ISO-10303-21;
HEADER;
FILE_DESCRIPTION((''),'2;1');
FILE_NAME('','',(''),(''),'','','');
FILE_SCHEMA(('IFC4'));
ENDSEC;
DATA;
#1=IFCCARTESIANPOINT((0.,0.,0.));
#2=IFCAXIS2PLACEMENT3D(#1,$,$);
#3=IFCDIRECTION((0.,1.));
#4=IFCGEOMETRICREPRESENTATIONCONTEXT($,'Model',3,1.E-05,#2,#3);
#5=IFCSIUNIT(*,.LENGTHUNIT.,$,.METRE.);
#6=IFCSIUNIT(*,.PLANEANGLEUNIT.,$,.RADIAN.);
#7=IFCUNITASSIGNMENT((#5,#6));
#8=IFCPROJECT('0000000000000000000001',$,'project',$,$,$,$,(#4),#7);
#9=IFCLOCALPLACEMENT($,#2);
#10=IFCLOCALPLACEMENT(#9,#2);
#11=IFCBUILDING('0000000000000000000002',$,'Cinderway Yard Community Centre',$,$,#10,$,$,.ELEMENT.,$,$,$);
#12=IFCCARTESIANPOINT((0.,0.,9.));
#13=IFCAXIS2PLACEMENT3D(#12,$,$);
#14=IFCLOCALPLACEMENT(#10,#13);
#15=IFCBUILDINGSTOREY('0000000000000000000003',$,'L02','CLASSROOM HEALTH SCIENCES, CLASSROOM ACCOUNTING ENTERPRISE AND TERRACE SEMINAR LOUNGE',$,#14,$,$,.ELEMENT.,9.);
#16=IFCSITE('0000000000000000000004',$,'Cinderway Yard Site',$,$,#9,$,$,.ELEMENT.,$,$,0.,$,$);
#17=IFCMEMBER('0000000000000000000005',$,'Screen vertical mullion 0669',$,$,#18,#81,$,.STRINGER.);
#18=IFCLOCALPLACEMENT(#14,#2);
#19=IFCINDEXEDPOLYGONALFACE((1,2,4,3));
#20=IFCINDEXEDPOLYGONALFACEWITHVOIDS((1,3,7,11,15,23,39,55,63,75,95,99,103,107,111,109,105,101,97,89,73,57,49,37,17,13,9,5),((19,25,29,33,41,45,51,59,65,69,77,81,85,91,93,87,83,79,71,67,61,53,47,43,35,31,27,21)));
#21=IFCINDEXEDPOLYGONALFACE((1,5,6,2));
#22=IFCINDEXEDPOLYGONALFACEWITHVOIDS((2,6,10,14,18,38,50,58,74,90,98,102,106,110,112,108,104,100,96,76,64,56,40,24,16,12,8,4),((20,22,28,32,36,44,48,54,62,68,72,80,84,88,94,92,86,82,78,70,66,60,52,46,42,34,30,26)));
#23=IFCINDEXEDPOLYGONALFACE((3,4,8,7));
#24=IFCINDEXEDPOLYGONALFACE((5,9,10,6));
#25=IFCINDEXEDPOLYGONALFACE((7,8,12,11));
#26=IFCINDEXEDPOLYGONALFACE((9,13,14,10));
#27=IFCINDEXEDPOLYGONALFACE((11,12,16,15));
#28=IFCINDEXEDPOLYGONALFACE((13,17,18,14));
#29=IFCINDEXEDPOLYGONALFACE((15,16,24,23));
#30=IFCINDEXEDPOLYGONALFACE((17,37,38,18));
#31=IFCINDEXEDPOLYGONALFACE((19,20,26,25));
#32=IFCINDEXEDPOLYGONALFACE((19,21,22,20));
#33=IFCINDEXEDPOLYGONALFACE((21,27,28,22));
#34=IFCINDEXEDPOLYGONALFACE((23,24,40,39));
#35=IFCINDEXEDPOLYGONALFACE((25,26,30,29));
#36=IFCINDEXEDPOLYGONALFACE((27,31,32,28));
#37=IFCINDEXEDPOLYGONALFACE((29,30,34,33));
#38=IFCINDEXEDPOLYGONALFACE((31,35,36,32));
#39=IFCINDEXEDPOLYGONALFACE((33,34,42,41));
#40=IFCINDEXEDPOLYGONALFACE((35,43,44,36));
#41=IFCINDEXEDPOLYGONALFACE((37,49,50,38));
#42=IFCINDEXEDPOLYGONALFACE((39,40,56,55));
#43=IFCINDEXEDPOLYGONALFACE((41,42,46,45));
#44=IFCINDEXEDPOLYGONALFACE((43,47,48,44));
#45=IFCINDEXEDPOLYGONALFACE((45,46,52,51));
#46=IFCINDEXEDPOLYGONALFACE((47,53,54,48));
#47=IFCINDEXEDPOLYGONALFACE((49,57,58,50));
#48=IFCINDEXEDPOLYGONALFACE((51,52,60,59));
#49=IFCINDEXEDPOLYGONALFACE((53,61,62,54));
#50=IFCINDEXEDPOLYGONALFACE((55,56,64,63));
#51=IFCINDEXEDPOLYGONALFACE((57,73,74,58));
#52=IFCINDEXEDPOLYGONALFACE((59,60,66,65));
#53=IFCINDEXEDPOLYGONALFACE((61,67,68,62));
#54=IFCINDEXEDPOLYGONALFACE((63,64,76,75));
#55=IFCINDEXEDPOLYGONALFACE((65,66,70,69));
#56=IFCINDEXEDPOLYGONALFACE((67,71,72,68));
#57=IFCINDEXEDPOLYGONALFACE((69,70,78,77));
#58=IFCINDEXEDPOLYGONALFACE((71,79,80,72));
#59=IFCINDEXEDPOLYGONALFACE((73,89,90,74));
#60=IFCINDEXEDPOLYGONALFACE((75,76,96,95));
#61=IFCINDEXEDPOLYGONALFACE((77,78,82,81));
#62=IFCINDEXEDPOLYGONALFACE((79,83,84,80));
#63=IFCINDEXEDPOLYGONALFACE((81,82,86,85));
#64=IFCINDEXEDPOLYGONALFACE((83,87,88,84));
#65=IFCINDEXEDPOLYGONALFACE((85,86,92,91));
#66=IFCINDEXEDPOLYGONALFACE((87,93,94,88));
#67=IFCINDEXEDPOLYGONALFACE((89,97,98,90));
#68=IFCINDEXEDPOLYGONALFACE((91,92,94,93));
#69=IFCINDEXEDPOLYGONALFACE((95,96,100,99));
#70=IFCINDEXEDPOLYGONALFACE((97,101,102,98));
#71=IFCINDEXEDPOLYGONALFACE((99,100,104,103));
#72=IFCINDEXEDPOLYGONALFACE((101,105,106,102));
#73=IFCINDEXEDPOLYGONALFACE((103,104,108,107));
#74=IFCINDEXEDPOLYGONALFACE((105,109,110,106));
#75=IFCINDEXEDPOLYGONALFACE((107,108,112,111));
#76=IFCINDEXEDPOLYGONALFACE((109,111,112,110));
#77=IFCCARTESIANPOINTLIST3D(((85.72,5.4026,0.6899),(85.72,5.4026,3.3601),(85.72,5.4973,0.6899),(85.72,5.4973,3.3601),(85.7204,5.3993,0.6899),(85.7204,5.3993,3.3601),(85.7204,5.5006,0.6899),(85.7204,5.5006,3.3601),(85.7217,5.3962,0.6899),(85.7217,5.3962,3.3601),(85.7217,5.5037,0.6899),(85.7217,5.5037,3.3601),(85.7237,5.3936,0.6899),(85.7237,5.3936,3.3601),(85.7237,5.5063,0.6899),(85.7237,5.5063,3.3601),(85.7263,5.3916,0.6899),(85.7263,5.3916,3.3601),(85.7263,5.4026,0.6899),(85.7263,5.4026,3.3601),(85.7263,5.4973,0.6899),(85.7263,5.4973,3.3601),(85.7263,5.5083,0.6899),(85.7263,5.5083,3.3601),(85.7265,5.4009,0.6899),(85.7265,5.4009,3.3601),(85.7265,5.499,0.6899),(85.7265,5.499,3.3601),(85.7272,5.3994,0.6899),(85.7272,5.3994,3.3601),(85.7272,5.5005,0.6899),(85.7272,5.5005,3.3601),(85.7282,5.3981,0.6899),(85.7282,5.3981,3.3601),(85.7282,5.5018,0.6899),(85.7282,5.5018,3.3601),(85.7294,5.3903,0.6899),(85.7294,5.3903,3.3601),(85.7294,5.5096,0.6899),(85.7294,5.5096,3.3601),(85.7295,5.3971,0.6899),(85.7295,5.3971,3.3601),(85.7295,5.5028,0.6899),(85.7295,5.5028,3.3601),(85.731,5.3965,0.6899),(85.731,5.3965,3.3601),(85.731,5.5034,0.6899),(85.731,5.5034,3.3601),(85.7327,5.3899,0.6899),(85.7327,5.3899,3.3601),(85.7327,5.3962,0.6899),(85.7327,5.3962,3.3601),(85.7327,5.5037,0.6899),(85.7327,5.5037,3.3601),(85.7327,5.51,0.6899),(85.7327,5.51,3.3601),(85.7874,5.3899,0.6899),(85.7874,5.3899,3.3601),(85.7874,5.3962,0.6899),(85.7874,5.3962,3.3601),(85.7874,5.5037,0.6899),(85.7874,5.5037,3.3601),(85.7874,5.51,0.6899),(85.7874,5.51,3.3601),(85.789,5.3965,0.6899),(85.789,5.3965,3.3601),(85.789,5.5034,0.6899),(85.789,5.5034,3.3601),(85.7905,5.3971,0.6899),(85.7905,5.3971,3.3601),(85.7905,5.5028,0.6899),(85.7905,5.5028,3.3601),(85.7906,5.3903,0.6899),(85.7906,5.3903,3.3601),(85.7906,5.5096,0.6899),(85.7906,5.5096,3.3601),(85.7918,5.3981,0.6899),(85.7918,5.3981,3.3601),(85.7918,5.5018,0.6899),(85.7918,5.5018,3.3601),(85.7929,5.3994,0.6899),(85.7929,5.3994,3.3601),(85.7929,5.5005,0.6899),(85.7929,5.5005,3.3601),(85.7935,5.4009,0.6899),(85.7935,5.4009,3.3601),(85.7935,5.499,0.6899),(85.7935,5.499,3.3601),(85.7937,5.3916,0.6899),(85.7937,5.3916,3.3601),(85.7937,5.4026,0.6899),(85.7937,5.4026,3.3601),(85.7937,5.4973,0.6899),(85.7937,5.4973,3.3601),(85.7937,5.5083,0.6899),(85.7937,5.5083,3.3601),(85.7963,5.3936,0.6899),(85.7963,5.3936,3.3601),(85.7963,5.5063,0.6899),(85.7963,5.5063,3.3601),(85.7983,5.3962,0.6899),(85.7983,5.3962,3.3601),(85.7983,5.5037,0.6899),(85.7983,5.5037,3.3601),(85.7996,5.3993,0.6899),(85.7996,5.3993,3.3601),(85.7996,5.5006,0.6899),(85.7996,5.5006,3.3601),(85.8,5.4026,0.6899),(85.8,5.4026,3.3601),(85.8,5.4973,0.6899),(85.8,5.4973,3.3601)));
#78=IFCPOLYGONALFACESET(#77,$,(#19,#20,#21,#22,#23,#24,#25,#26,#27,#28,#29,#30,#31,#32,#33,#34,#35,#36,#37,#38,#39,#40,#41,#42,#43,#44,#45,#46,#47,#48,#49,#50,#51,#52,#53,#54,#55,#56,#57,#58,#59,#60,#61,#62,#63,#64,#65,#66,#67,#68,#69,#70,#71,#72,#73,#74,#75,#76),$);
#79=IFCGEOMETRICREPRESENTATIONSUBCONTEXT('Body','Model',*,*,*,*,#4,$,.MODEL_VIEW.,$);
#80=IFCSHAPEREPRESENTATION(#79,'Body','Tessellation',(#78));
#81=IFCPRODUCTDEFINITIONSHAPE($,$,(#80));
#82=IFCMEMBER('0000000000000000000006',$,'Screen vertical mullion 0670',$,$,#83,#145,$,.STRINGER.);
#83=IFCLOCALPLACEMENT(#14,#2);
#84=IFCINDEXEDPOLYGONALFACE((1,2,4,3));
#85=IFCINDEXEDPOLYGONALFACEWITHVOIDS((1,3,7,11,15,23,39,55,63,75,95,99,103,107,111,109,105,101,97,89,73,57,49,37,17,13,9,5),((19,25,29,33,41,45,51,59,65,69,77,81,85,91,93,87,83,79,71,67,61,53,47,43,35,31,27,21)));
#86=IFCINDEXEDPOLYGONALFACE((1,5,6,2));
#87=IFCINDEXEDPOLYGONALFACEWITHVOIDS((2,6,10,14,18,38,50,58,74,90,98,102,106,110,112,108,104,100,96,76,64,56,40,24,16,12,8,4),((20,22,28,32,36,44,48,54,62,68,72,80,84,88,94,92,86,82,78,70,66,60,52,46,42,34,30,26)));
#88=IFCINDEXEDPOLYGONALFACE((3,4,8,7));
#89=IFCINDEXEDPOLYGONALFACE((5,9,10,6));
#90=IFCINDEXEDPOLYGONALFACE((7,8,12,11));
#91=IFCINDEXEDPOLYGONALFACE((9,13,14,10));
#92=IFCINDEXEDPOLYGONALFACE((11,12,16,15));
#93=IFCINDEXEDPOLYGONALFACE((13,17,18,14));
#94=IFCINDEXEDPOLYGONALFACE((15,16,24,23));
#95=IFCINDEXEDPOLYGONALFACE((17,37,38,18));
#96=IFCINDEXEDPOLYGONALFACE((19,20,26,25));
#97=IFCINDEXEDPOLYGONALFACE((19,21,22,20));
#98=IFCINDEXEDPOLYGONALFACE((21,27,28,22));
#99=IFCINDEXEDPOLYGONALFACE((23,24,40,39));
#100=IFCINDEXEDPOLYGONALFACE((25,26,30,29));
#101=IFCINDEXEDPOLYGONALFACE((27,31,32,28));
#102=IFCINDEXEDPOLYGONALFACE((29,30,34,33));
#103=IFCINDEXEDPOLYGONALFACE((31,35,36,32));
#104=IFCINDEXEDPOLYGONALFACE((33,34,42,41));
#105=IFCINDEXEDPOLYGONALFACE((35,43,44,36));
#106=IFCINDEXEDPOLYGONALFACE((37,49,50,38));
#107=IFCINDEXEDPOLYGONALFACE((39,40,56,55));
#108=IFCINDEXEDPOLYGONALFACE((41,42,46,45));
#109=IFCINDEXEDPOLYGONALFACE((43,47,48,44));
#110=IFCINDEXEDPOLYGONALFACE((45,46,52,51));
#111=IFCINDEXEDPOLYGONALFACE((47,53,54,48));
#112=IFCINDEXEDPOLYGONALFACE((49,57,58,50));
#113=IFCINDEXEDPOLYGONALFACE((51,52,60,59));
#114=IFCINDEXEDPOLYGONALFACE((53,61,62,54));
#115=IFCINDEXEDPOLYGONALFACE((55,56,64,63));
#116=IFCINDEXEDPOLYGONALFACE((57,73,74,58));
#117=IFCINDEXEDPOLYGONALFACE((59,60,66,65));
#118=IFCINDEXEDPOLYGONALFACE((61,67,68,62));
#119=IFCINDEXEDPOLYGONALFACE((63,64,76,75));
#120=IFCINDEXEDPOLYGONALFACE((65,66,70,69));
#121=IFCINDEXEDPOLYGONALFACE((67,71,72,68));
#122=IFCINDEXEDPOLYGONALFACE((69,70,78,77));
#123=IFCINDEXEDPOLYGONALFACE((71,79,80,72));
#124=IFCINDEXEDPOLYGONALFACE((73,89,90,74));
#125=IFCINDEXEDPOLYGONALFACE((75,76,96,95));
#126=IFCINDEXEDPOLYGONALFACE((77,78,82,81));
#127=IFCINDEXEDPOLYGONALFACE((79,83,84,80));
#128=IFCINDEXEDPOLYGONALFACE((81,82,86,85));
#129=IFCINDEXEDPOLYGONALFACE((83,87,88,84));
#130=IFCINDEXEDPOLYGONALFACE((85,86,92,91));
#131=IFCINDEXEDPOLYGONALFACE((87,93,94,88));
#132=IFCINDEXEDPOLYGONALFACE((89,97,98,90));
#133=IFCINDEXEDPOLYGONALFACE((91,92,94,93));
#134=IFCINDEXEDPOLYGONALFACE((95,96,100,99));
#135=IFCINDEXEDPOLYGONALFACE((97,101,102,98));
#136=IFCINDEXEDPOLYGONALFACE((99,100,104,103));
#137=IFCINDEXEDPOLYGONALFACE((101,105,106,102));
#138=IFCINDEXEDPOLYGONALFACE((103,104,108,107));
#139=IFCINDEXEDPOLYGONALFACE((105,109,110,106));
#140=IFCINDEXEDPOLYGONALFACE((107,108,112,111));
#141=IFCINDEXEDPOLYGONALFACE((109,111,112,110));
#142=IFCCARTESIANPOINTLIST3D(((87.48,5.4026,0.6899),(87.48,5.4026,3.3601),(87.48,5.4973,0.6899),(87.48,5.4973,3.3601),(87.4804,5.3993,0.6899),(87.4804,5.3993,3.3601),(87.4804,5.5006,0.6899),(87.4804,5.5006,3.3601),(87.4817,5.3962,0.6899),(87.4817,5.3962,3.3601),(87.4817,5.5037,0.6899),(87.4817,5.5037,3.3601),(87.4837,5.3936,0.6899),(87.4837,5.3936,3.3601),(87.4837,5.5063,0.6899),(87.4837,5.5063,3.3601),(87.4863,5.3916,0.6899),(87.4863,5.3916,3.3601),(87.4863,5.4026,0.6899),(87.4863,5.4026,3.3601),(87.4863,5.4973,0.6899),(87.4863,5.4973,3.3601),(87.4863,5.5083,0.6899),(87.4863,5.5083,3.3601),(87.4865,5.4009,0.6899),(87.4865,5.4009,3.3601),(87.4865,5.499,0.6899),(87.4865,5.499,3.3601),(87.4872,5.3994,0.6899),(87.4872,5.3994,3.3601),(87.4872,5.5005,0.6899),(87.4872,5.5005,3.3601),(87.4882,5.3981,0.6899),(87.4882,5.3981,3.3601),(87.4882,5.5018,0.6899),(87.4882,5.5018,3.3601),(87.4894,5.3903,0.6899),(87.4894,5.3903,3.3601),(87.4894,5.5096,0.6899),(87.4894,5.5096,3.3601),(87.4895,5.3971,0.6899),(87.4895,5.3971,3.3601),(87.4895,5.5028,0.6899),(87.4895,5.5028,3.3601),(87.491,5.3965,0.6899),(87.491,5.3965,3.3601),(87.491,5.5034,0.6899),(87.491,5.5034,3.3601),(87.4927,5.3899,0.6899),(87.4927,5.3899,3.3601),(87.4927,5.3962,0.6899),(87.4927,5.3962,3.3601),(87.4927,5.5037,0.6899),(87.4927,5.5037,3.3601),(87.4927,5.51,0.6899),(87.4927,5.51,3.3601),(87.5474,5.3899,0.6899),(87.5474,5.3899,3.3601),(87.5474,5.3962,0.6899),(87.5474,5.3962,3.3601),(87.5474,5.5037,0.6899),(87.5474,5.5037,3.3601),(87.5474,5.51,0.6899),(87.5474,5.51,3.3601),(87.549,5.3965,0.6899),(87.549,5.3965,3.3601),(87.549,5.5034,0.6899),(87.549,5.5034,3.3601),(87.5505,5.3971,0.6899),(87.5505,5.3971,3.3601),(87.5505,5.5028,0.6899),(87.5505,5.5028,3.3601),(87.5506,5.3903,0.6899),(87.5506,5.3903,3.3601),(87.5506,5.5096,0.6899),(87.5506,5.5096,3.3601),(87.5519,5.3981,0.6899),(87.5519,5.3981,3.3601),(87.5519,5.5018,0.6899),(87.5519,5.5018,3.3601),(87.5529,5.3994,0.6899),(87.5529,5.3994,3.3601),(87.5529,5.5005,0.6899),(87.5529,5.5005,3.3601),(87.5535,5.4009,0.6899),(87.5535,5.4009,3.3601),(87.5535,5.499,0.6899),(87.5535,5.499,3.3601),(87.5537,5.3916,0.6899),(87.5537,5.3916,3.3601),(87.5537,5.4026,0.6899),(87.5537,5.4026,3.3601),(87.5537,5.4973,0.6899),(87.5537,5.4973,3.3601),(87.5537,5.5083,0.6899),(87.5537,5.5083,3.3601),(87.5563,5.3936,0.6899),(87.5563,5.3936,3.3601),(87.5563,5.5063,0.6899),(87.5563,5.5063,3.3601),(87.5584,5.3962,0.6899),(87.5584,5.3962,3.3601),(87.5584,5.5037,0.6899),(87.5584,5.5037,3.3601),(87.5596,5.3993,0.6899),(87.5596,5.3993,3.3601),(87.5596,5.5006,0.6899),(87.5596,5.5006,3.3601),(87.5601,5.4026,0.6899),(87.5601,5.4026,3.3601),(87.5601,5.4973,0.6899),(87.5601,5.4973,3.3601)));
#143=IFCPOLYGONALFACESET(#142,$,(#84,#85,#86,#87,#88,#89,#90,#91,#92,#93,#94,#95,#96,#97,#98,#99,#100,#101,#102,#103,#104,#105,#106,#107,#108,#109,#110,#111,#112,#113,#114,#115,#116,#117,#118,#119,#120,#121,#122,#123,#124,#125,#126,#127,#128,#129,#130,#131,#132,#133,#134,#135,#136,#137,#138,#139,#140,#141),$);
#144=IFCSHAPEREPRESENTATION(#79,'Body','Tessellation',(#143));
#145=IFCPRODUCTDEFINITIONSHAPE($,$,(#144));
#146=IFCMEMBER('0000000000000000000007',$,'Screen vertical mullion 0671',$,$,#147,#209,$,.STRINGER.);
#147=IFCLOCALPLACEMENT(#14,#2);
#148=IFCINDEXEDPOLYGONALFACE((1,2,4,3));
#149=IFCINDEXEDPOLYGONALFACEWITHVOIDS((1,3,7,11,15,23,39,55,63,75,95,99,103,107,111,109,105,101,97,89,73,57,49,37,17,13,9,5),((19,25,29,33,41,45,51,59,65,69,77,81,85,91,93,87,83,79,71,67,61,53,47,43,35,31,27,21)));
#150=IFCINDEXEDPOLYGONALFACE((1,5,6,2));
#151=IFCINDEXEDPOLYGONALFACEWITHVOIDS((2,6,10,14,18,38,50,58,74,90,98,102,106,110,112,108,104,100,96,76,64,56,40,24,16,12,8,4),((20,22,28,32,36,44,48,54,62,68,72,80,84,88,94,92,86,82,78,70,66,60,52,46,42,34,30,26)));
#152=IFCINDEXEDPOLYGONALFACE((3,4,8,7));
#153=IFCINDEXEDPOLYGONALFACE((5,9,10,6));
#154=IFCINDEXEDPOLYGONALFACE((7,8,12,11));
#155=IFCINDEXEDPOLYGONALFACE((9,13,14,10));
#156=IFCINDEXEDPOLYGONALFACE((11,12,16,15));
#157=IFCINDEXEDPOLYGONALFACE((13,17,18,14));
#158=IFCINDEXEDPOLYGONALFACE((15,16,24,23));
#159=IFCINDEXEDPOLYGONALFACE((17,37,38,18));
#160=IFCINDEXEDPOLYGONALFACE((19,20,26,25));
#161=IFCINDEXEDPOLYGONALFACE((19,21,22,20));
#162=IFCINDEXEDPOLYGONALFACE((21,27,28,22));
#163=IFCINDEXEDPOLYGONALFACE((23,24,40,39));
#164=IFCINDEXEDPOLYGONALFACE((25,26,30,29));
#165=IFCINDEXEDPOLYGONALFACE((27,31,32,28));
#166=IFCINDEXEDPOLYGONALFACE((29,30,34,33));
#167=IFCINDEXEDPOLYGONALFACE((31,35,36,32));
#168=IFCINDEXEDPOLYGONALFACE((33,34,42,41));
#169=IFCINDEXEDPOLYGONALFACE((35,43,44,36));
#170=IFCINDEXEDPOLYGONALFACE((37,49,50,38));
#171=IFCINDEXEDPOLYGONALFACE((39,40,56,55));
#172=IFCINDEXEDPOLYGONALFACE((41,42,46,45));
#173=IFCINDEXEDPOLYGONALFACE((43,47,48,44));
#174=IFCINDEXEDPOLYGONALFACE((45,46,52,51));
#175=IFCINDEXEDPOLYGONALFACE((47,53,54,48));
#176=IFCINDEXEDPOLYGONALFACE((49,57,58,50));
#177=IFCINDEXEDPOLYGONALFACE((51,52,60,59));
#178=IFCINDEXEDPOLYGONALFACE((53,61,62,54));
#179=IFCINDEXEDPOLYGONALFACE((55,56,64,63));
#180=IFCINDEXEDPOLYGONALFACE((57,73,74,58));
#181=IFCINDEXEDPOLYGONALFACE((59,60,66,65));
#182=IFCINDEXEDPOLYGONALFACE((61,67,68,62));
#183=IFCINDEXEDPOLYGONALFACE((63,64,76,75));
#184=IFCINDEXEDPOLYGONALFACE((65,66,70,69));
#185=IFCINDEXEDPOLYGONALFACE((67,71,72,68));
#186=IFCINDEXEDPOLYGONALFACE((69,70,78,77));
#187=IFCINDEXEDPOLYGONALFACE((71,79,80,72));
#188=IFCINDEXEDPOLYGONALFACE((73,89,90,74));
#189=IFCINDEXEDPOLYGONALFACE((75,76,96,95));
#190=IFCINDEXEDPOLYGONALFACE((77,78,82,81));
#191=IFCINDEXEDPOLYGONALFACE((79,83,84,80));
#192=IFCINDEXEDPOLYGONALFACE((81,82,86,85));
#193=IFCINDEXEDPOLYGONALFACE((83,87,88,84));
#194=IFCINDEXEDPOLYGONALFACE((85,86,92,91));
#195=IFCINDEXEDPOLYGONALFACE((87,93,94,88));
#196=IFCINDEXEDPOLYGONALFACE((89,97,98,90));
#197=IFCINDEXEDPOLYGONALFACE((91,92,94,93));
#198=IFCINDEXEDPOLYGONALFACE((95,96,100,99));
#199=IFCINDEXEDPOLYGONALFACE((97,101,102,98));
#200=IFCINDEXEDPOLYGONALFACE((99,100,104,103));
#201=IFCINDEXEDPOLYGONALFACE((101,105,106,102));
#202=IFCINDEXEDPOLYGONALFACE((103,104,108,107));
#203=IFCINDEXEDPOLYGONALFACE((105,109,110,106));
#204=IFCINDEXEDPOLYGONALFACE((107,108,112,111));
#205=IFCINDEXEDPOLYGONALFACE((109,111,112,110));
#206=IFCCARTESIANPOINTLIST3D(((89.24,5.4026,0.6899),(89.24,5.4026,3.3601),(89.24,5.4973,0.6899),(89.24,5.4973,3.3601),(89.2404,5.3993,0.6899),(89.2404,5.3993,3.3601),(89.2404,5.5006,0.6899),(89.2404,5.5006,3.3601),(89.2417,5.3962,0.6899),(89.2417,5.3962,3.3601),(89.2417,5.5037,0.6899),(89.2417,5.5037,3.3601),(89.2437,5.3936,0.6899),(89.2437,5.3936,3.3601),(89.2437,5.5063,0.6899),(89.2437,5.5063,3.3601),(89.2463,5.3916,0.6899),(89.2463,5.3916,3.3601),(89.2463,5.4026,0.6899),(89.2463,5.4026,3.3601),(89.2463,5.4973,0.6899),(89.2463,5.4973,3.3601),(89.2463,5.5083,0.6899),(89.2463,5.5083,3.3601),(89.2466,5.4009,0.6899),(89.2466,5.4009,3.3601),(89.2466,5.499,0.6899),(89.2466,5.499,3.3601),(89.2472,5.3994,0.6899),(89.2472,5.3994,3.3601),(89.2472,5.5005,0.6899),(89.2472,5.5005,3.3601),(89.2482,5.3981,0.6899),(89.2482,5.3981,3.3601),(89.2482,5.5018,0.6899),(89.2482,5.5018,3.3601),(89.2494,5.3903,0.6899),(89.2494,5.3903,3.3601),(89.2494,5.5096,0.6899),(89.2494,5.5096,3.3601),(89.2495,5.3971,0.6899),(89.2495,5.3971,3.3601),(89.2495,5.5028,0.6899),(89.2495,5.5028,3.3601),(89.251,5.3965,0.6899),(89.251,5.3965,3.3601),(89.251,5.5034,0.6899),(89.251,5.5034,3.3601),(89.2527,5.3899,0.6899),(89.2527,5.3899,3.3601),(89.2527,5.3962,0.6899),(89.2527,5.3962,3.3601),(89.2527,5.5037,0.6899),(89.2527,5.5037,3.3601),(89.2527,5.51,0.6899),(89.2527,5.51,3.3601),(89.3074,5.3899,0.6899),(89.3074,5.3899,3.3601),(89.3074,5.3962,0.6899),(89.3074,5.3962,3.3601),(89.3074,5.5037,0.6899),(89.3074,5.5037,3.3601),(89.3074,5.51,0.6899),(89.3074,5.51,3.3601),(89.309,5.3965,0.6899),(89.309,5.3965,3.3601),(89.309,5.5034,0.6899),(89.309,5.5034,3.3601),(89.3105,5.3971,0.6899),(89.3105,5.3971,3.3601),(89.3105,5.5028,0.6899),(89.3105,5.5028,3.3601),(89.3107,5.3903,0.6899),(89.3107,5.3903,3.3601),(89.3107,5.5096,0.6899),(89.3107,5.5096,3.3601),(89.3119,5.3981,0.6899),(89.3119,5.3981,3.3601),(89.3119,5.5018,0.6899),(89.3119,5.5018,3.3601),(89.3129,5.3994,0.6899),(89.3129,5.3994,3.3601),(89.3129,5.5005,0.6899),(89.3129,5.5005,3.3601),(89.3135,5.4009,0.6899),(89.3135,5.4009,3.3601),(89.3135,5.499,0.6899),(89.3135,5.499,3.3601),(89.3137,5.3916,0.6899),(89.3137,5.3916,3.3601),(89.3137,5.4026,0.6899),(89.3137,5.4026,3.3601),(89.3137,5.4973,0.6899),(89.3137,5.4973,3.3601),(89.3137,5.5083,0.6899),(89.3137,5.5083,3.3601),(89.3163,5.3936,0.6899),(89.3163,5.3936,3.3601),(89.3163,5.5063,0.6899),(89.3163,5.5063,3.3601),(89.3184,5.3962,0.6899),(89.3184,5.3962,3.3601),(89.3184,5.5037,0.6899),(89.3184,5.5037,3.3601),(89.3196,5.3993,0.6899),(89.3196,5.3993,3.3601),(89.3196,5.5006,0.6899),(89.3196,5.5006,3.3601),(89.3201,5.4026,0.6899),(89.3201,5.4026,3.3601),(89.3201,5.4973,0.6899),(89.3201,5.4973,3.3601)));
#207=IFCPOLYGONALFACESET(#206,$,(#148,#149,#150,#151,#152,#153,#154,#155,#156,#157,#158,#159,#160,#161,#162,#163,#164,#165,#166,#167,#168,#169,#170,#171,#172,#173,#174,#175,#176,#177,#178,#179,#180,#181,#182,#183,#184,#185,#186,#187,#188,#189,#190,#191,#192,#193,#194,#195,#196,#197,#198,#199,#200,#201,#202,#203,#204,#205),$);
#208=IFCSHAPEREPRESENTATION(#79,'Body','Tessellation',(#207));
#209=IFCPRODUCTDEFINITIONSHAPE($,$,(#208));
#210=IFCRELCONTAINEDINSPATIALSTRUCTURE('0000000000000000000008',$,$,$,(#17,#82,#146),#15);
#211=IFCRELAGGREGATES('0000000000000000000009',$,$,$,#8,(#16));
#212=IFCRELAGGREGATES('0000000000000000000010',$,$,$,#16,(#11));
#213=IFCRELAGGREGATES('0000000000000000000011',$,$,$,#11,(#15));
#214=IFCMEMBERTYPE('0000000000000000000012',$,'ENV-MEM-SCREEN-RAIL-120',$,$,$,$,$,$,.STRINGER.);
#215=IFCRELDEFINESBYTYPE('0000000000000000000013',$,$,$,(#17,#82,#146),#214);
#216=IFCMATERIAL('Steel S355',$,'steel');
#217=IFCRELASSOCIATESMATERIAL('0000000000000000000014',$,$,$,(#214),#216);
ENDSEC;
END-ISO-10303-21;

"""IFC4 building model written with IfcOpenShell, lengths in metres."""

from ifc_helpers import new_model, si_unit, direction, frame, origin, origin_2d, place, context, subcontext, project, spatial, hollow_rectangle, extrude, material, material_profile, profile_set, type_object, element, save


model = new_model("IFC4")

# Units and contexts
model_context = context("Model", 3, precision=1e-05, world=origin(), true_north=direction((0.0, 1.0)))
body_context = subcontext(model_context, "Body", "Model", "MODEL_VIEW")
ifc_project = project(units=[si_unit("LENGTHUNIT", "METRE"), si_unit("PLANEANGLEUNIT", "RADIAN")], contexts=[model_context])

# Site, building, storey
site_placement = place(None, origin())
site = spatial("IfcSite", under=ifc_project, at=site_placement, Name="Cinderway Yard Site", CompositionType="ELEMENT", RefElevation=0.0)
building_placement = place(site_placement, origin())
building = spatial("IfcBuilding", under=site, at=building_placement, Name="Cinderway Yard Community Centre", CompositionType="ELEMENT")
storey_placement = place(building_placement, frame((0.0, 0.0, 9.0)))
storey = spatial("IfcBuildingStorey", under=building, at=storey_placement, Name="L02", Description="CLASSROOM HEALTH SCIENCES, CLASSROOM ACCOUNTING ENTERPRISE AND TERRACE SEMINAR LOUNGE", CompositionType="ELEMENT", Elevation=9.0)

# Members
ifc_material_1 = material(Name="Steel S355", Category="steel")
ifc_material_profile = material_profile(ifc_material_1, hollow_rectangle(XDim=0.0801, YDim=0.1201, WallThickness=0.0063, InnerFilletRadius=0.0063, OuterFilletRadius=0.0127, at=origin_2d()), Name="Steel S355")
ifc_profile_set = profile_set([ifc_material_profile], Name="Steel S355")
member_type = type_object("IfcMemberType", Name="ENV-MEM-SCREEN-RAIL-120", PredefinedType="STRINGER", material=ifc_profile_set)
for number, where, z_axis, x_axis, name in (
    (1, (85.76, 5.45, 0.6899), (0.0, 0.0, 1.0), (1.0, 0.0, 0.0), "Screen vertical mullion 0669"),
    (2, (87.52, 5.45, 0.6899), (0.0, 0.0, 1.0), (1.0, 0.0, 0.0), "Screen vertical mullion 0670"),
    (3, (89.28, 5.45, 0.6899), (0.0, 0.0, 1.0), (1.0, 0.0, 0.0), "Screen vertical mullion 0671"),
):
    element("IfcMember", number, at=place(storey_placement, frame(where, z_axis=z_axis, x_axis=x_axis)), inside=storey, type_object=member_type, Name=name, PredefinedType="STRINGER", context=body_context, shape_type="SweptSolid", body=[
        extrude(hollow_rectangle(XDim=0.0801, YDim=0.1201, WallThickness=0.0063, InnerFilletRadius=0.0063, OuterFilletRadius=0.0127, at=origin_2d()), origin(), (0.0, 0.0, 1.0), 2.6702),
    ])

save(model, "model.ifc")
